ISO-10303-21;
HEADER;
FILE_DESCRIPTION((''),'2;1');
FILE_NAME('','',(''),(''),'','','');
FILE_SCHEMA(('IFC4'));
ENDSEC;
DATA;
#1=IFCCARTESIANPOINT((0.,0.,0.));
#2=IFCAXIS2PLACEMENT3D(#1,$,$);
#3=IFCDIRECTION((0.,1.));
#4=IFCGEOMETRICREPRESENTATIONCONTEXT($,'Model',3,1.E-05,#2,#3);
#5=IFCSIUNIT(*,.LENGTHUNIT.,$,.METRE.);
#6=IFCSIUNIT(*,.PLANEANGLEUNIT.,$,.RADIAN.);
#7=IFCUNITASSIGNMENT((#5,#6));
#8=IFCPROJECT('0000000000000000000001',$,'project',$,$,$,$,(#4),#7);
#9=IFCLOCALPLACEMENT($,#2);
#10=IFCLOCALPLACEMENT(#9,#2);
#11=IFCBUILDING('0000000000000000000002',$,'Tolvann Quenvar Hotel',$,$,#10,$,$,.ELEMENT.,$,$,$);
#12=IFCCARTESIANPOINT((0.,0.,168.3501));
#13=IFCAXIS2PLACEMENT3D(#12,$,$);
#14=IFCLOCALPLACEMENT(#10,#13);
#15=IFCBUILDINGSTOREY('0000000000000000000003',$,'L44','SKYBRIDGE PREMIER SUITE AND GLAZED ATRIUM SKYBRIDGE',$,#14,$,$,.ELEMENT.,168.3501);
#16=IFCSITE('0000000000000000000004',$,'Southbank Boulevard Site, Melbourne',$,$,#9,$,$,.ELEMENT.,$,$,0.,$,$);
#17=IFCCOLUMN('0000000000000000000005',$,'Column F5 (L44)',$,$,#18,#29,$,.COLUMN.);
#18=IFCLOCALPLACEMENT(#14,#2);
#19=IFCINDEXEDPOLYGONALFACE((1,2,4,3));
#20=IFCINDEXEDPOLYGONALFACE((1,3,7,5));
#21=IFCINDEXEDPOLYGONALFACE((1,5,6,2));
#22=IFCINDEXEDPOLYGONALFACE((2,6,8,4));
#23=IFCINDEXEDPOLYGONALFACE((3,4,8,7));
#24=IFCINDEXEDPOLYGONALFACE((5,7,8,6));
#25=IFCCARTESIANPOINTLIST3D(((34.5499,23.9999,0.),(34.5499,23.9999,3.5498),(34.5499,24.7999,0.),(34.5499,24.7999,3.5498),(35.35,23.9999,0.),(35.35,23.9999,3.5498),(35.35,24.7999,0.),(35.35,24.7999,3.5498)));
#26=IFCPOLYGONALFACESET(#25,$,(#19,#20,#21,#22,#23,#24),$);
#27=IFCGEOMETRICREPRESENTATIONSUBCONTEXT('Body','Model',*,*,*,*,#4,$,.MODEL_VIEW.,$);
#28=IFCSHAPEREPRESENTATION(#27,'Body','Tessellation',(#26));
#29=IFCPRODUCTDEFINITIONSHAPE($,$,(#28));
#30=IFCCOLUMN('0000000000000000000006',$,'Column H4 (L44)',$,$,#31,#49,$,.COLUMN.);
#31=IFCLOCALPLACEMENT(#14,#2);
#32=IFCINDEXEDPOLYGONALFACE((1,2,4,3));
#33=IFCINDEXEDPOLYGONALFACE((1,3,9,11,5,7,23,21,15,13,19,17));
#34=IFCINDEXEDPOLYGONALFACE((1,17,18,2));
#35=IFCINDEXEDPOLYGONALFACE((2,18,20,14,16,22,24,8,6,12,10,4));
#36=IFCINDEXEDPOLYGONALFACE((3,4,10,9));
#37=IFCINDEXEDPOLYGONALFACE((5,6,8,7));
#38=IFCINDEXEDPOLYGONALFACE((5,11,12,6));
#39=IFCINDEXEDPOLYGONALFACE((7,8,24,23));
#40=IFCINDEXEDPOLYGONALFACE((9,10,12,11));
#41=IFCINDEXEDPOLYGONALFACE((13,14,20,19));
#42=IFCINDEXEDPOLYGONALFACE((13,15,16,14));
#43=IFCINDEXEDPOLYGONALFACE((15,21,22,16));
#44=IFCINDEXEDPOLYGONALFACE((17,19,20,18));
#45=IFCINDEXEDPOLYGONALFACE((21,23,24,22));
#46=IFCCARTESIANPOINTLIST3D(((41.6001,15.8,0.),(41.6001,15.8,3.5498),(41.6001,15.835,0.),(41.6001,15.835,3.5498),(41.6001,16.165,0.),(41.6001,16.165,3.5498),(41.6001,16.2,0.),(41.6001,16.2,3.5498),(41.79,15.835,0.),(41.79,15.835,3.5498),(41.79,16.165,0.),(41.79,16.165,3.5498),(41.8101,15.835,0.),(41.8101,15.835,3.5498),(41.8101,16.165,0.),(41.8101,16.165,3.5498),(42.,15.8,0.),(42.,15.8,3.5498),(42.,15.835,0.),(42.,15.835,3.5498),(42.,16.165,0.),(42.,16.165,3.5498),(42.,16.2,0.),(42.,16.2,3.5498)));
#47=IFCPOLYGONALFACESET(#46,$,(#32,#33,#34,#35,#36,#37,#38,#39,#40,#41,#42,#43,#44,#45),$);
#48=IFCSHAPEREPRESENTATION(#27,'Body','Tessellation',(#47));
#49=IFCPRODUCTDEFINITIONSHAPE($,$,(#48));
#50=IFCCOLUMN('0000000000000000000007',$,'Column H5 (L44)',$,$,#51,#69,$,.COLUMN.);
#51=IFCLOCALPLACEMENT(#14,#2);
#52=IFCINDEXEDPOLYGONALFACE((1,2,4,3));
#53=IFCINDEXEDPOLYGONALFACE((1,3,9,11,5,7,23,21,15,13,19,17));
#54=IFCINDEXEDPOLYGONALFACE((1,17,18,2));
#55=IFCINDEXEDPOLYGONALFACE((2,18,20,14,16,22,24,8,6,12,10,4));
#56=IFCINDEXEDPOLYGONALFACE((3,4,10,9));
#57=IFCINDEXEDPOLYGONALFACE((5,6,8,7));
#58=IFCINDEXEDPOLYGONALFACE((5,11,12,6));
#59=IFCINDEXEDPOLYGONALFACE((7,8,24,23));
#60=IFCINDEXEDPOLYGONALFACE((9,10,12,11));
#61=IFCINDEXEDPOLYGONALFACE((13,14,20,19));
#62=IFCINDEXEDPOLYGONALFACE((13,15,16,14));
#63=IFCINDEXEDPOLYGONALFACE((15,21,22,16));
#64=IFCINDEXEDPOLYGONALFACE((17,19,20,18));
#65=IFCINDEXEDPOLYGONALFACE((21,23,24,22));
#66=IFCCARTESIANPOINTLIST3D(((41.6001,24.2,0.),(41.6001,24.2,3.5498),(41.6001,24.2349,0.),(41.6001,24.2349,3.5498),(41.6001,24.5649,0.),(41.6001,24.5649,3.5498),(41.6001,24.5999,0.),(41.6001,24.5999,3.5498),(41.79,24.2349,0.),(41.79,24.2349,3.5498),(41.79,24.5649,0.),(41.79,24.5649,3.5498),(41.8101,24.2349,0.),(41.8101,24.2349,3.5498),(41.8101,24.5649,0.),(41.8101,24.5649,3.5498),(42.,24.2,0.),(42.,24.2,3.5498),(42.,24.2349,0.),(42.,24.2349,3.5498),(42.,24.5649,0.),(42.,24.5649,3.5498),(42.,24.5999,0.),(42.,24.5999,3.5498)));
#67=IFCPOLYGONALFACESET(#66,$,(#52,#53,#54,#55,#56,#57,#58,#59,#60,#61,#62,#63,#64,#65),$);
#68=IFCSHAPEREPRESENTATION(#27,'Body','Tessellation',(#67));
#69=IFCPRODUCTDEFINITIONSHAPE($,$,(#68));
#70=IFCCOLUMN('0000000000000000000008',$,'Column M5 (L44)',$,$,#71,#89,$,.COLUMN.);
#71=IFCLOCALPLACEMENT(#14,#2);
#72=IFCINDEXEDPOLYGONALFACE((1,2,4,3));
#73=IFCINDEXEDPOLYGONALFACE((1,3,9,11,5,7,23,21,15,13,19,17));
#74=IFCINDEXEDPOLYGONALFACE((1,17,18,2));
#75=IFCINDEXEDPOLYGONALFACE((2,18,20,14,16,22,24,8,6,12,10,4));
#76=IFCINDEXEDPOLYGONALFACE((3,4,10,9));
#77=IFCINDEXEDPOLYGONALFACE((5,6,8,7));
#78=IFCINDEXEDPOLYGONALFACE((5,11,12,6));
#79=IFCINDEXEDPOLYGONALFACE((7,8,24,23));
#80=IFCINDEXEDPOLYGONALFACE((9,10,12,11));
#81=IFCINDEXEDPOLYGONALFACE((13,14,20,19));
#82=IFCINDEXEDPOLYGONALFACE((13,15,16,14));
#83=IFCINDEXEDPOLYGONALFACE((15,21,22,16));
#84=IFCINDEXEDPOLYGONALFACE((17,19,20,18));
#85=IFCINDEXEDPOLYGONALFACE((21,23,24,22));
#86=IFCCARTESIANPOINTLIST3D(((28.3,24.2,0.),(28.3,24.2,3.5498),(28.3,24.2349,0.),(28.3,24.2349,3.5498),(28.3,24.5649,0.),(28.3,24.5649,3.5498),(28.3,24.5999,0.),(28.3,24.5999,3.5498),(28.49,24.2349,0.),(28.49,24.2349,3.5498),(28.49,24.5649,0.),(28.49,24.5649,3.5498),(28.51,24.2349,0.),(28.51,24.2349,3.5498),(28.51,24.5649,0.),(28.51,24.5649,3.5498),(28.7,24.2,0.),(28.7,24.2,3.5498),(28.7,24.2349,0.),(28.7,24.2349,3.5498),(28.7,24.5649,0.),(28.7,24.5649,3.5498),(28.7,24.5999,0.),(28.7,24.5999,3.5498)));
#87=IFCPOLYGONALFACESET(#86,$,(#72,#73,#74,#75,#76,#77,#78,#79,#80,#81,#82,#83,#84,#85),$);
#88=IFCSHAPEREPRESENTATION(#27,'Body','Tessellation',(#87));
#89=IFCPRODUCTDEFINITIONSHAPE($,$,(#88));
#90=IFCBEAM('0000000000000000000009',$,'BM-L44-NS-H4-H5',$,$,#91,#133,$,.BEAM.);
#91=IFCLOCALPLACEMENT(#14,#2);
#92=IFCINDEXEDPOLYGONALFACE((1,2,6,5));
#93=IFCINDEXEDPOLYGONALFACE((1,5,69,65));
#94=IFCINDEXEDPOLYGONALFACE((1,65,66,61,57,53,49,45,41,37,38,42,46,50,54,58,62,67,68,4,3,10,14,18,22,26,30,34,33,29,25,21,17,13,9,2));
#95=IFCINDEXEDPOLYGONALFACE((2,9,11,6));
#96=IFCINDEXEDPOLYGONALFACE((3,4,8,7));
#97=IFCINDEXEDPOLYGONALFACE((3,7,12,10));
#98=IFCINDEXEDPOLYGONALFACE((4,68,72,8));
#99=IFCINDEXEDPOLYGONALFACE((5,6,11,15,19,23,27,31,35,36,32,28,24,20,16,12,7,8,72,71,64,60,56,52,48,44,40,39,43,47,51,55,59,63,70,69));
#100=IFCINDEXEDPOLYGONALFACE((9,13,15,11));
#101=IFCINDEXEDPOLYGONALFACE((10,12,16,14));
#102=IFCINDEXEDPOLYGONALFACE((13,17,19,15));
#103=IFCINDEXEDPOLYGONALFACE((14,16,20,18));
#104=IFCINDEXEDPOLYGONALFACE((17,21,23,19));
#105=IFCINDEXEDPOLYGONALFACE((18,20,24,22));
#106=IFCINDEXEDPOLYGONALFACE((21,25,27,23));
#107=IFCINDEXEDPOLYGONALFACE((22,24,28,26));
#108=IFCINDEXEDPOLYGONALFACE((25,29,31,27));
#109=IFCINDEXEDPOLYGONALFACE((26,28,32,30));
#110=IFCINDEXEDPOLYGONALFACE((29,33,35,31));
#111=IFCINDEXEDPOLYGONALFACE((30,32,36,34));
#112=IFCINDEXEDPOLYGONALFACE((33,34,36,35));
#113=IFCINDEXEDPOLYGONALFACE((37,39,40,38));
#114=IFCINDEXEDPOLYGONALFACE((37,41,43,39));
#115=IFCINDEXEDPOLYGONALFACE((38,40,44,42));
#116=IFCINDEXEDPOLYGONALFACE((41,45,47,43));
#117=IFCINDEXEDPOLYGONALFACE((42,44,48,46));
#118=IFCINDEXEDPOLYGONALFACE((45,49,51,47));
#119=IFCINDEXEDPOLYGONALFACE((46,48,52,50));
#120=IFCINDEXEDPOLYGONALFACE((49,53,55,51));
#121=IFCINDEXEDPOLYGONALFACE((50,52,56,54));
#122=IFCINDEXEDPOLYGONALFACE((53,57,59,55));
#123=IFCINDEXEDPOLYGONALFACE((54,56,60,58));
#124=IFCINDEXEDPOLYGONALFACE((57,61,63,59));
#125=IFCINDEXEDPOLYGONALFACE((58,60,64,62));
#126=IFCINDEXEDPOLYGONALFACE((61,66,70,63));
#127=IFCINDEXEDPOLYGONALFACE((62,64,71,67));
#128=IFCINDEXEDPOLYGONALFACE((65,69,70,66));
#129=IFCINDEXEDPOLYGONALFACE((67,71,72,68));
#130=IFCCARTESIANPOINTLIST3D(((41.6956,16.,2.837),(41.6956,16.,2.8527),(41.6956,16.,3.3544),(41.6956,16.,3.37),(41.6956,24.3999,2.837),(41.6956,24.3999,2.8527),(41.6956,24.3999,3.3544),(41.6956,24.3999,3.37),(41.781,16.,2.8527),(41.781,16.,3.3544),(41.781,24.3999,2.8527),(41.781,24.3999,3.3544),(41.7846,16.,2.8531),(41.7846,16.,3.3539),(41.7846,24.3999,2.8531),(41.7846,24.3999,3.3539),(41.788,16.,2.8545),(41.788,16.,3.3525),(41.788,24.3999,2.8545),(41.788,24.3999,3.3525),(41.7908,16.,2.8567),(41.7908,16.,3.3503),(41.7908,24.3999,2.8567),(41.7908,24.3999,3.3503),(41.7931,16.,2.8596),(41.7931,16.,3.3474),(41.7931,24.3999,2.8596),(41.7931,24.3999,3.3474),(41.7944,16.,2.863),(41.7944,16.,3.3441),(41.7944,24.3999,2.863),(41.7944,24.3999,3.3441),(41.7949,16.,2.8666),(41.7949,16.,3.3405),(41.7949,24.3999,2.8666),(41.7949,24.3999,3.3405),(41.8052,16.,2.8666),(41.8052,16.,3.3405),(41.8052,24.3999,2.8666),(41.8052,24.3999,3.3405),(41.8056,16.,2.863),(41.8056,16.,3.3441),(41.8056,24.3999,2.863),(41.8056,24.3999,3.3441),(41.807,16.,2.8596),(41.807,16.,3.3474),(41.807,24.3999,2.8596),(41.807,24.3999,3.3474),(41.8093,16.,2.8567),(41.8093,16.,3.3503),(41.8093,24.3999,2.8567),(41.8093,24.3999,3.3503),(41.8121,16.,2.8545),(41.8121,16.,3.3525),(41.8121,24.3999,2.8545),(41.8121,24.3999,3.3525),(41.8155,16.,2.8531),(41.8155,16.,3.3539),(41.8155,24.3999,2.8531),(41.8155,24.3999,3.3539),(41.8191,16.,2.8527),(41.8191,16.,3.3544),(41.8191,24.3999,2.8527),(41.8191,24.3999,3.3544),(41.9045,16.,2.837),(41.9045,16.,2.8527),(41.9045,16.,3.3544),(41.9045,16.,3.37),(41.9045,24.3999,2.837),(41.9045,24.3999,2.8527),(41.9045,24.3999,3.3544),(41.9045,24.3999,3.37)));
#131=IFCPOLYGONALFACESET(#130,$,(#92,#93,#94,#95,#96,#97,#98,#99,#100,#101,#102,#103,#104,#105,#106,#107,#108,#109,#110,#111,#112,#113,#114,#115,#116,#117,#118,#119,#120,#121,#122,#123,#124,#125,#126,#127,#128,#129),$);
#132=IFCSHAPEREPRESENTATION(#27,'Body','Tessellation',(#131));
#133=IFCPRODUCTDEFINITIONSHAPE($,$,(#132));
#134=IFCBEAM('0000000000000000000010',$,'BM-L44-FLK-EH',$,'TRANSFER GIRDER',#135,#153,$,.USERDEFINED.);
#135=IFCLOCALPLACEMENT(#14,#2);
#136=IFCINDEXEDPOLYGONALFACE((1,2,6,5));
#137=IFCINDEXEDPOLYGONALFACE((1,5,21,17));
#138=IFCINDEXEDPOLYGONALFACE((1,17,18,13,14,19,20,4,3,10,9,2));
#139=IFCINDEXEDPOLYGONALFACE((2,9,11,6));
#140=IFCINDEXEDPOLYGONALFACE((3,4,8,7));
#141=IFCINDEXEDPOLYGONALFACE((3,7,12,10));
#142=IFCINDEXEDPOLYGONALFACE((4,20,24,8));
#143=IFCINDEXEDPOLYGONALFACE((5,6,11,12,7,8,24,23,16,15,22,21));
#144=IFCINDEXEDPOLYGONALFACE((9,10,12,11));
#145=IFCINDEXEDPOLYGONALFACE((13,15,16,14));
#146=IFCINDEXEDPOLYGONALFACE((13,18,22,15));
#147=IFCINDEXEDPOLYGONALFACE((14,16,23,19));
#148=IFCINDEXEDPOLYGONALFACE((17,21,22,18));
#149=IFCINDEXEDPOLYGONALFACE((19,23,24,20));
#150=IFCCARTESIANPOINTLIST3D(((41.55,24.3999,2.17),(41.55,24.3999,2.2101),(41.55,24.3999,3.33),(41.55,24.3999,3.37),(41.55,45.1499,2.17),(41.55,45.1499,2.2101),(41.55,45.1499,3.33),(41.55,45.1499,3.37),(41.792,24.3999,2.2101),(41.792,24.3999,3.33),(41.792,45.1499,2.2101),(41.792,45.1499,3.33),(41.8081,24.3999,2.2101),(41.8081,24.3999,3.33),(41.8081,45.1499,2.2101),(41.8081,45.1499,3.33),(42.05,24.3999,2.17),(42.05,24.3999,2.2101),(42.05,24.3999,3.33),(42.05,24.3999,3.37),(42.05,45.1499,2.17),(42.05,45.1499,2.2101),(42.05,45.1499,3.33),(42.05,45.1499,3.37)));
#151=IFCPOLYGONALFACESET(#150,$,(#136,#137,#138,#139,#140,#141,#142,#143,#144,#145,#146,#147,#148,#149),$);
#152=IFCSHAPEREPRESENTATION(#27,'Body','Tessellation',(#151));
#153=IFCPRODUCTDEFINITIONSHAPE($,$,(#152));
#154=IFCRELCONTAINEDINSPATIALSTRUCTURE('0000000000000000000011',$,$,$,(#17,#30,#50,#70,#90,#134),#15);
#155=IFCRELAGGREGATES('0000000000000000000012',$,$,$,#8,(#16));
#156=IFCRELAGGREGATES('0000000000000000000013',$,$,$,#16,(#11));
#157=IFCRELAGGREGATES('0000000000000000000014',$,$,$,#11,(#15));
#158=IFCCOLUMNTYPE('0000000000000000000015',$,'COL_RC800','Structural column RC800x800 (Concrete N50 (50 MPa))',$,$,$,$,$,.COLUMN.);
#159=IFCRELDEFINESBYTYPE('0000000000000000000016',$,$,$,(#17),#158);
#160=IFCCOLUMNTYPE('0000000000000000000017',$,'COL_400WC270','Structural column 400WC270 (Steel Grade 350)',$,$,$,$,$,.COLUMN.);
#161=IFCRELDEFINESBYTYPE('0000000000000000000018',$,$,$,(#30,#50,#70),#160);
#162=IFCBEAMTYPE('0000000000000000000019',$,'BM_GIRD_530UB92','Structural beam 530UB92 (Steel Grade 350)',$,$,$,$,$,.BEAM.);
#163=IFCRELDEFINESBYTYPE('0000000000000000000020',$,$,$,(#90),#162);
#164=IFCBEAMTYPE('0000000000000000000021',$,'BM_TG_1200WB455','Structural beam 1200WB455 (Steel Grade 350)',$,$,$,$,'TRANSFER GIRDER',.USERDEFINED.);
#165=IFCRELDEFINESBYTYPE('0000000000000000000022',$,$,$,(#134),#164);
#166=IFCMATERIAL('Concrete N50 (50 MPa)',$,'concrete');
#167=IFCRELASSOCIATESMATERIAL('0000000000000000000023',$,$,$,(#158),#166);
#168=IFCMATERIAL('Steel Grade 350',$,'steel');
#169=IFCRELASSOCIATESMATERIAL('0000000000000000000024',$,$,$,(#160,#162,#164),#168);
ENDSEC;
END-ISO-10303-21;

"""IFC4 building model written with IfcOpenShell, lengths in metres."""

from ifc_helpers import new_model, si_unit, direction, frame, origin, origin_2d, place, context, subcontext, project, spatial, rectangle, i_section, extrude, source, transform, mapped, material, material_profile, profile_set, type_object, type_shapes, element, save


model = new_model("IFC4")

# Units and contexts
model_context = context("Model", 3, precision=1e-05, world=origin(), true_north=direction((0.0, 1.0)))
body_context = subcontext(model_context, "Body", "Model", "MODEL_VIEW")
ifc_project = project(units=[si_unit("LENGTHUNIT", "METRE"), si_unit("PLANEANGLEUNIT", "RADIAN")], contexts=[model_context])

# Site, building, storey
site_placement = place(None, origin())
site = spatial("IfcSite", under=ifc_project, at=site_placement, Name="Southbank Boulevard Site, Melbourne", CompositionType="ELEMENT", RefElevation=0.0)
building_placement = place(site_placement, origin())
building = spatial("IfcBuilding", under=site, at=building_placement, Name="Tolvann Quenvar Hotel", CompositionType="ELEMENT")
storey_placement = place(building_placement, frame((0.0, 0.0, 168.3501)))
storey = spatial("IfcBuildingStorey", under=building, at=storey_placement, Name="L44", Description="SKYBRIDGE PREMIER SUITE AND GLAZED ATRIUM SKYBRIDGE", CompositionType="ELEMENT", Elevation=168.3501)

# Columns
ifc_material_1 = material(Name="Concrete N50 (50 MPa)", Category="concrete")
ifc_material_profile_1 = material_profile(ifc_material_1, rectangle(XDim=0.8, YDim=0.8, at=origin_2d()), Name="RC800x800")
ifc_profile_set_1 = profile_set([ifc_material_profile_1], Name="Concrete N50 (50 MPa)")
column_type_1 = type_object("IfcColumnType", Name="COL_RC800", Description="Structural column RC800x800 (Concrete N50 (50 MPa))", PredefinedType="COLUMN", material=ifc_profile_set_1)
shared_shape_1 = source(origin(), body_context, "Body", "SweptSolid", [
    extrude(rectangle(XDim=0.8, YDim=0.8, at=origin_2d()), origin(), (0.0, 0.0, 1.0), 3.5498),
])
type_shapes(column_type_1, [shared_shape_1])
column_placement = place(storey_placement, frame((34.95, 24.3999, 0.0), z_axis=(0.0, 0.0, 1.0), x_axis=(1.0, 0.0, 0.0)))
element("IfcColumn", 1, at=column_placement, inside=storey, type_object=column_type_1, Name="Column F5 (L44)", PredefinedType="COLUMN", context=body_context, shape_type="MappedRepresentation", body=[
    mapped(shared_shape_1, transform((0.0, 0.0, 0.0), x_axis=(1.0, 0.0, 0.0), y_axis=(0.0, 1.0, 0.0), z_axis=(0.0, 0.0, 1.0), scale=1.0)),
])
ifc_material_2 = material(Name="Steel Grade 350", Category="steel")
ifc_material_profile_2 = material_profile(ifc_material_2, i_section(OverallWidth=0.3999, OverallDepth=0.3999, WebThickness=0.02, FlangeThickness=0.0349, at=origin_2d()), Name="400WC270")
ifc_profile_set_2 = profile_set([ifc_material_profile_2], Name="Steel Grade 350")
column_type_2 = type_object("IfcColumnType", Name="COL_400WC270", Description="Structural column 400WC270 (Steel Grade 350)", PredefinedType="COLUMN", material=ifc_profile_set_2)
shared_shape_2 = source(origin(), body_context, "Body", "SweptSolid", [
    extrude(i_section(OverallWidth=0.3999, OverallDepth=0.3999, WebThickness=0.02, FlangeThickness=0.0349, at=origin_2d()), origin(), (0.0, 0.0, 1.0), 3.5498),
])
type_shapes(column_type_2, [shared_shape_2])
for number, where, z_axis, x_axis, name in (
    (2, (41.8, 16.0, 0.0), (0.0, 0.0, 1.0), (1.0, 0.0, 0.0), "Column H4 (L44)"),
    (3, (41.8, 24.3999, 0.0), (0.0, 0.0, 1.0), (1.0, 0.0, 0.0), "Column H5 (L44)"),
    (4, (28.5, 24.3999, 0.0), (0.0, 0.0, 1.0), (1.0, 0.0, 0.0), "Column M5 (L44)"),
):
    element("IfcColumn", number, at=place(storey_placement, frame(where, z_axis=z_axis, x_axis=x_axis)), inside=storey, type_object=column_type_2, Name=name, PredefinedType="COLUMN", context=body_context, shape_type="MappedRepresentation", body=[
        mapped(shared_shape_2, transform((0.0, 0.0, 0.0), x_axis=(1.0, 0.0, 0.0), y_axis=(0.0, 1.0, 0.0), z_axis=(0.0, 0.0, 1.0), scale=1.0)),
    ])

# Beams
ifc_material_profile_3 = material_profile(ifc_material_2, i_section(OverallWidth=0.209, OverallDepth=0.533, WebThickness=0.0103, FlangeThickness=0.0156, FilletRadius=0.0139, at=origin_2d()), Name="530UB92")
ifc_profile_set_3 = profile_set([ifc_material_profile_3], Name="Steel Grade 350")
beam_type_1 = type_object("IfcBeamType", Name="BM_GIRD_530UB92", Description="Structural beam 530UB92 (Steel Grade 350)", PredefinedType="BEAM", material=ifc_profile_set_3)
shared_shape_3 = source(origin(), body_context, "Body", "SweptSolid", [
    extrude(i_section(OverallWidth=0.209, OverallDepth=0.533, WebThickness=0.0103, FlangeThickness=0.0156, FilletRadius=0.0139, at=origin_2d()), origin(), (0.0, 0.0, 1.0), 8.3999),
])
type_shapes(beam_type_1, [shared_shape_3])
beam_1_placement = place(storey_placement, frame((41.8, 16.0, 3.1035), z_axis=(0.0, 1.0, 0.0), x_axis=(-1.0, 0.0, 0.0)))
element("IfcBeam", 5, at=beam_1_placement, inside=storey, type_object=beam_type_1, Name="BM-L44-NS-H4-H5", PredefinedType="BEAM", context=body_context, shape_type="MappedRepresentation", body=[
    mapped(shared_shape_3, transform((0.0, 0.0, 0.0), x_axis=(1.0, 0.0, 0.0), y_axis=(0.0, 1.0, 0.0), z_axis=(0.0, 0.0, 1.0), scale=1.0)),
])
ifc_material_profile_4 = material_profile(ifc_material_2, i_section(OverallWidth=0.5, OverallDepth=1.2, WebThickness=0.0161, FlangeThickness=0.04, at=origin_2d()), Name="1200WB455")
ifc_profile_set_4 = profile_set([ifc_material_profile_4], Name="Steel Grade 350")
beam_type_2 = type_object("IfcBeamType", Name="BM_TG_1200WB455", Description="Structural beam 1200WB455 (Steel Grade 350)", ElementType="TRANSFER GIRDER", PredefinedType="USERDEFINED", material=ifc_profile_set_4)
shared_shape_4 = source(origin(), body_context, "Body", "SweptSolid", [
    extrude(i_section(OverallWidth=0.5, OverallDepth=1.2, WebThickness=0.0161, FlangeThickness=0.04, at=origin_2d()), origin(), (0.0, 0.0, 1.0), 20.75),
])
type_shapes(beam_type_2, [shared_shape_4])
beam_2_placement = place(storey_placement, frame((41.8, 24.3999, 2.77), z_axis=(0.0, 1.0, 0.0), x_axis=(-1.0, 0.0, 0.0)))
element("IfcBeam", 6, at=beam_2_placement, inside=storey, type_object=beam_type_2, Name="BM-L44-FLK-EH", ObjectType="TRANSFER GIRDER", PredefinedType="USERDEFINED", context=body_context, shape_type="MappedRepresentation", body=[
    mapped(shared_shape_4, transform((0.0, 0.0, 0.0), x_axis=(1.0, 0.0, 0.0), y_axis=(0.0, 1.0, 0.0), z_axis=(0.0, 0.0, 1.0), scale=1.0)),
])

save(model, "model.ifc")
